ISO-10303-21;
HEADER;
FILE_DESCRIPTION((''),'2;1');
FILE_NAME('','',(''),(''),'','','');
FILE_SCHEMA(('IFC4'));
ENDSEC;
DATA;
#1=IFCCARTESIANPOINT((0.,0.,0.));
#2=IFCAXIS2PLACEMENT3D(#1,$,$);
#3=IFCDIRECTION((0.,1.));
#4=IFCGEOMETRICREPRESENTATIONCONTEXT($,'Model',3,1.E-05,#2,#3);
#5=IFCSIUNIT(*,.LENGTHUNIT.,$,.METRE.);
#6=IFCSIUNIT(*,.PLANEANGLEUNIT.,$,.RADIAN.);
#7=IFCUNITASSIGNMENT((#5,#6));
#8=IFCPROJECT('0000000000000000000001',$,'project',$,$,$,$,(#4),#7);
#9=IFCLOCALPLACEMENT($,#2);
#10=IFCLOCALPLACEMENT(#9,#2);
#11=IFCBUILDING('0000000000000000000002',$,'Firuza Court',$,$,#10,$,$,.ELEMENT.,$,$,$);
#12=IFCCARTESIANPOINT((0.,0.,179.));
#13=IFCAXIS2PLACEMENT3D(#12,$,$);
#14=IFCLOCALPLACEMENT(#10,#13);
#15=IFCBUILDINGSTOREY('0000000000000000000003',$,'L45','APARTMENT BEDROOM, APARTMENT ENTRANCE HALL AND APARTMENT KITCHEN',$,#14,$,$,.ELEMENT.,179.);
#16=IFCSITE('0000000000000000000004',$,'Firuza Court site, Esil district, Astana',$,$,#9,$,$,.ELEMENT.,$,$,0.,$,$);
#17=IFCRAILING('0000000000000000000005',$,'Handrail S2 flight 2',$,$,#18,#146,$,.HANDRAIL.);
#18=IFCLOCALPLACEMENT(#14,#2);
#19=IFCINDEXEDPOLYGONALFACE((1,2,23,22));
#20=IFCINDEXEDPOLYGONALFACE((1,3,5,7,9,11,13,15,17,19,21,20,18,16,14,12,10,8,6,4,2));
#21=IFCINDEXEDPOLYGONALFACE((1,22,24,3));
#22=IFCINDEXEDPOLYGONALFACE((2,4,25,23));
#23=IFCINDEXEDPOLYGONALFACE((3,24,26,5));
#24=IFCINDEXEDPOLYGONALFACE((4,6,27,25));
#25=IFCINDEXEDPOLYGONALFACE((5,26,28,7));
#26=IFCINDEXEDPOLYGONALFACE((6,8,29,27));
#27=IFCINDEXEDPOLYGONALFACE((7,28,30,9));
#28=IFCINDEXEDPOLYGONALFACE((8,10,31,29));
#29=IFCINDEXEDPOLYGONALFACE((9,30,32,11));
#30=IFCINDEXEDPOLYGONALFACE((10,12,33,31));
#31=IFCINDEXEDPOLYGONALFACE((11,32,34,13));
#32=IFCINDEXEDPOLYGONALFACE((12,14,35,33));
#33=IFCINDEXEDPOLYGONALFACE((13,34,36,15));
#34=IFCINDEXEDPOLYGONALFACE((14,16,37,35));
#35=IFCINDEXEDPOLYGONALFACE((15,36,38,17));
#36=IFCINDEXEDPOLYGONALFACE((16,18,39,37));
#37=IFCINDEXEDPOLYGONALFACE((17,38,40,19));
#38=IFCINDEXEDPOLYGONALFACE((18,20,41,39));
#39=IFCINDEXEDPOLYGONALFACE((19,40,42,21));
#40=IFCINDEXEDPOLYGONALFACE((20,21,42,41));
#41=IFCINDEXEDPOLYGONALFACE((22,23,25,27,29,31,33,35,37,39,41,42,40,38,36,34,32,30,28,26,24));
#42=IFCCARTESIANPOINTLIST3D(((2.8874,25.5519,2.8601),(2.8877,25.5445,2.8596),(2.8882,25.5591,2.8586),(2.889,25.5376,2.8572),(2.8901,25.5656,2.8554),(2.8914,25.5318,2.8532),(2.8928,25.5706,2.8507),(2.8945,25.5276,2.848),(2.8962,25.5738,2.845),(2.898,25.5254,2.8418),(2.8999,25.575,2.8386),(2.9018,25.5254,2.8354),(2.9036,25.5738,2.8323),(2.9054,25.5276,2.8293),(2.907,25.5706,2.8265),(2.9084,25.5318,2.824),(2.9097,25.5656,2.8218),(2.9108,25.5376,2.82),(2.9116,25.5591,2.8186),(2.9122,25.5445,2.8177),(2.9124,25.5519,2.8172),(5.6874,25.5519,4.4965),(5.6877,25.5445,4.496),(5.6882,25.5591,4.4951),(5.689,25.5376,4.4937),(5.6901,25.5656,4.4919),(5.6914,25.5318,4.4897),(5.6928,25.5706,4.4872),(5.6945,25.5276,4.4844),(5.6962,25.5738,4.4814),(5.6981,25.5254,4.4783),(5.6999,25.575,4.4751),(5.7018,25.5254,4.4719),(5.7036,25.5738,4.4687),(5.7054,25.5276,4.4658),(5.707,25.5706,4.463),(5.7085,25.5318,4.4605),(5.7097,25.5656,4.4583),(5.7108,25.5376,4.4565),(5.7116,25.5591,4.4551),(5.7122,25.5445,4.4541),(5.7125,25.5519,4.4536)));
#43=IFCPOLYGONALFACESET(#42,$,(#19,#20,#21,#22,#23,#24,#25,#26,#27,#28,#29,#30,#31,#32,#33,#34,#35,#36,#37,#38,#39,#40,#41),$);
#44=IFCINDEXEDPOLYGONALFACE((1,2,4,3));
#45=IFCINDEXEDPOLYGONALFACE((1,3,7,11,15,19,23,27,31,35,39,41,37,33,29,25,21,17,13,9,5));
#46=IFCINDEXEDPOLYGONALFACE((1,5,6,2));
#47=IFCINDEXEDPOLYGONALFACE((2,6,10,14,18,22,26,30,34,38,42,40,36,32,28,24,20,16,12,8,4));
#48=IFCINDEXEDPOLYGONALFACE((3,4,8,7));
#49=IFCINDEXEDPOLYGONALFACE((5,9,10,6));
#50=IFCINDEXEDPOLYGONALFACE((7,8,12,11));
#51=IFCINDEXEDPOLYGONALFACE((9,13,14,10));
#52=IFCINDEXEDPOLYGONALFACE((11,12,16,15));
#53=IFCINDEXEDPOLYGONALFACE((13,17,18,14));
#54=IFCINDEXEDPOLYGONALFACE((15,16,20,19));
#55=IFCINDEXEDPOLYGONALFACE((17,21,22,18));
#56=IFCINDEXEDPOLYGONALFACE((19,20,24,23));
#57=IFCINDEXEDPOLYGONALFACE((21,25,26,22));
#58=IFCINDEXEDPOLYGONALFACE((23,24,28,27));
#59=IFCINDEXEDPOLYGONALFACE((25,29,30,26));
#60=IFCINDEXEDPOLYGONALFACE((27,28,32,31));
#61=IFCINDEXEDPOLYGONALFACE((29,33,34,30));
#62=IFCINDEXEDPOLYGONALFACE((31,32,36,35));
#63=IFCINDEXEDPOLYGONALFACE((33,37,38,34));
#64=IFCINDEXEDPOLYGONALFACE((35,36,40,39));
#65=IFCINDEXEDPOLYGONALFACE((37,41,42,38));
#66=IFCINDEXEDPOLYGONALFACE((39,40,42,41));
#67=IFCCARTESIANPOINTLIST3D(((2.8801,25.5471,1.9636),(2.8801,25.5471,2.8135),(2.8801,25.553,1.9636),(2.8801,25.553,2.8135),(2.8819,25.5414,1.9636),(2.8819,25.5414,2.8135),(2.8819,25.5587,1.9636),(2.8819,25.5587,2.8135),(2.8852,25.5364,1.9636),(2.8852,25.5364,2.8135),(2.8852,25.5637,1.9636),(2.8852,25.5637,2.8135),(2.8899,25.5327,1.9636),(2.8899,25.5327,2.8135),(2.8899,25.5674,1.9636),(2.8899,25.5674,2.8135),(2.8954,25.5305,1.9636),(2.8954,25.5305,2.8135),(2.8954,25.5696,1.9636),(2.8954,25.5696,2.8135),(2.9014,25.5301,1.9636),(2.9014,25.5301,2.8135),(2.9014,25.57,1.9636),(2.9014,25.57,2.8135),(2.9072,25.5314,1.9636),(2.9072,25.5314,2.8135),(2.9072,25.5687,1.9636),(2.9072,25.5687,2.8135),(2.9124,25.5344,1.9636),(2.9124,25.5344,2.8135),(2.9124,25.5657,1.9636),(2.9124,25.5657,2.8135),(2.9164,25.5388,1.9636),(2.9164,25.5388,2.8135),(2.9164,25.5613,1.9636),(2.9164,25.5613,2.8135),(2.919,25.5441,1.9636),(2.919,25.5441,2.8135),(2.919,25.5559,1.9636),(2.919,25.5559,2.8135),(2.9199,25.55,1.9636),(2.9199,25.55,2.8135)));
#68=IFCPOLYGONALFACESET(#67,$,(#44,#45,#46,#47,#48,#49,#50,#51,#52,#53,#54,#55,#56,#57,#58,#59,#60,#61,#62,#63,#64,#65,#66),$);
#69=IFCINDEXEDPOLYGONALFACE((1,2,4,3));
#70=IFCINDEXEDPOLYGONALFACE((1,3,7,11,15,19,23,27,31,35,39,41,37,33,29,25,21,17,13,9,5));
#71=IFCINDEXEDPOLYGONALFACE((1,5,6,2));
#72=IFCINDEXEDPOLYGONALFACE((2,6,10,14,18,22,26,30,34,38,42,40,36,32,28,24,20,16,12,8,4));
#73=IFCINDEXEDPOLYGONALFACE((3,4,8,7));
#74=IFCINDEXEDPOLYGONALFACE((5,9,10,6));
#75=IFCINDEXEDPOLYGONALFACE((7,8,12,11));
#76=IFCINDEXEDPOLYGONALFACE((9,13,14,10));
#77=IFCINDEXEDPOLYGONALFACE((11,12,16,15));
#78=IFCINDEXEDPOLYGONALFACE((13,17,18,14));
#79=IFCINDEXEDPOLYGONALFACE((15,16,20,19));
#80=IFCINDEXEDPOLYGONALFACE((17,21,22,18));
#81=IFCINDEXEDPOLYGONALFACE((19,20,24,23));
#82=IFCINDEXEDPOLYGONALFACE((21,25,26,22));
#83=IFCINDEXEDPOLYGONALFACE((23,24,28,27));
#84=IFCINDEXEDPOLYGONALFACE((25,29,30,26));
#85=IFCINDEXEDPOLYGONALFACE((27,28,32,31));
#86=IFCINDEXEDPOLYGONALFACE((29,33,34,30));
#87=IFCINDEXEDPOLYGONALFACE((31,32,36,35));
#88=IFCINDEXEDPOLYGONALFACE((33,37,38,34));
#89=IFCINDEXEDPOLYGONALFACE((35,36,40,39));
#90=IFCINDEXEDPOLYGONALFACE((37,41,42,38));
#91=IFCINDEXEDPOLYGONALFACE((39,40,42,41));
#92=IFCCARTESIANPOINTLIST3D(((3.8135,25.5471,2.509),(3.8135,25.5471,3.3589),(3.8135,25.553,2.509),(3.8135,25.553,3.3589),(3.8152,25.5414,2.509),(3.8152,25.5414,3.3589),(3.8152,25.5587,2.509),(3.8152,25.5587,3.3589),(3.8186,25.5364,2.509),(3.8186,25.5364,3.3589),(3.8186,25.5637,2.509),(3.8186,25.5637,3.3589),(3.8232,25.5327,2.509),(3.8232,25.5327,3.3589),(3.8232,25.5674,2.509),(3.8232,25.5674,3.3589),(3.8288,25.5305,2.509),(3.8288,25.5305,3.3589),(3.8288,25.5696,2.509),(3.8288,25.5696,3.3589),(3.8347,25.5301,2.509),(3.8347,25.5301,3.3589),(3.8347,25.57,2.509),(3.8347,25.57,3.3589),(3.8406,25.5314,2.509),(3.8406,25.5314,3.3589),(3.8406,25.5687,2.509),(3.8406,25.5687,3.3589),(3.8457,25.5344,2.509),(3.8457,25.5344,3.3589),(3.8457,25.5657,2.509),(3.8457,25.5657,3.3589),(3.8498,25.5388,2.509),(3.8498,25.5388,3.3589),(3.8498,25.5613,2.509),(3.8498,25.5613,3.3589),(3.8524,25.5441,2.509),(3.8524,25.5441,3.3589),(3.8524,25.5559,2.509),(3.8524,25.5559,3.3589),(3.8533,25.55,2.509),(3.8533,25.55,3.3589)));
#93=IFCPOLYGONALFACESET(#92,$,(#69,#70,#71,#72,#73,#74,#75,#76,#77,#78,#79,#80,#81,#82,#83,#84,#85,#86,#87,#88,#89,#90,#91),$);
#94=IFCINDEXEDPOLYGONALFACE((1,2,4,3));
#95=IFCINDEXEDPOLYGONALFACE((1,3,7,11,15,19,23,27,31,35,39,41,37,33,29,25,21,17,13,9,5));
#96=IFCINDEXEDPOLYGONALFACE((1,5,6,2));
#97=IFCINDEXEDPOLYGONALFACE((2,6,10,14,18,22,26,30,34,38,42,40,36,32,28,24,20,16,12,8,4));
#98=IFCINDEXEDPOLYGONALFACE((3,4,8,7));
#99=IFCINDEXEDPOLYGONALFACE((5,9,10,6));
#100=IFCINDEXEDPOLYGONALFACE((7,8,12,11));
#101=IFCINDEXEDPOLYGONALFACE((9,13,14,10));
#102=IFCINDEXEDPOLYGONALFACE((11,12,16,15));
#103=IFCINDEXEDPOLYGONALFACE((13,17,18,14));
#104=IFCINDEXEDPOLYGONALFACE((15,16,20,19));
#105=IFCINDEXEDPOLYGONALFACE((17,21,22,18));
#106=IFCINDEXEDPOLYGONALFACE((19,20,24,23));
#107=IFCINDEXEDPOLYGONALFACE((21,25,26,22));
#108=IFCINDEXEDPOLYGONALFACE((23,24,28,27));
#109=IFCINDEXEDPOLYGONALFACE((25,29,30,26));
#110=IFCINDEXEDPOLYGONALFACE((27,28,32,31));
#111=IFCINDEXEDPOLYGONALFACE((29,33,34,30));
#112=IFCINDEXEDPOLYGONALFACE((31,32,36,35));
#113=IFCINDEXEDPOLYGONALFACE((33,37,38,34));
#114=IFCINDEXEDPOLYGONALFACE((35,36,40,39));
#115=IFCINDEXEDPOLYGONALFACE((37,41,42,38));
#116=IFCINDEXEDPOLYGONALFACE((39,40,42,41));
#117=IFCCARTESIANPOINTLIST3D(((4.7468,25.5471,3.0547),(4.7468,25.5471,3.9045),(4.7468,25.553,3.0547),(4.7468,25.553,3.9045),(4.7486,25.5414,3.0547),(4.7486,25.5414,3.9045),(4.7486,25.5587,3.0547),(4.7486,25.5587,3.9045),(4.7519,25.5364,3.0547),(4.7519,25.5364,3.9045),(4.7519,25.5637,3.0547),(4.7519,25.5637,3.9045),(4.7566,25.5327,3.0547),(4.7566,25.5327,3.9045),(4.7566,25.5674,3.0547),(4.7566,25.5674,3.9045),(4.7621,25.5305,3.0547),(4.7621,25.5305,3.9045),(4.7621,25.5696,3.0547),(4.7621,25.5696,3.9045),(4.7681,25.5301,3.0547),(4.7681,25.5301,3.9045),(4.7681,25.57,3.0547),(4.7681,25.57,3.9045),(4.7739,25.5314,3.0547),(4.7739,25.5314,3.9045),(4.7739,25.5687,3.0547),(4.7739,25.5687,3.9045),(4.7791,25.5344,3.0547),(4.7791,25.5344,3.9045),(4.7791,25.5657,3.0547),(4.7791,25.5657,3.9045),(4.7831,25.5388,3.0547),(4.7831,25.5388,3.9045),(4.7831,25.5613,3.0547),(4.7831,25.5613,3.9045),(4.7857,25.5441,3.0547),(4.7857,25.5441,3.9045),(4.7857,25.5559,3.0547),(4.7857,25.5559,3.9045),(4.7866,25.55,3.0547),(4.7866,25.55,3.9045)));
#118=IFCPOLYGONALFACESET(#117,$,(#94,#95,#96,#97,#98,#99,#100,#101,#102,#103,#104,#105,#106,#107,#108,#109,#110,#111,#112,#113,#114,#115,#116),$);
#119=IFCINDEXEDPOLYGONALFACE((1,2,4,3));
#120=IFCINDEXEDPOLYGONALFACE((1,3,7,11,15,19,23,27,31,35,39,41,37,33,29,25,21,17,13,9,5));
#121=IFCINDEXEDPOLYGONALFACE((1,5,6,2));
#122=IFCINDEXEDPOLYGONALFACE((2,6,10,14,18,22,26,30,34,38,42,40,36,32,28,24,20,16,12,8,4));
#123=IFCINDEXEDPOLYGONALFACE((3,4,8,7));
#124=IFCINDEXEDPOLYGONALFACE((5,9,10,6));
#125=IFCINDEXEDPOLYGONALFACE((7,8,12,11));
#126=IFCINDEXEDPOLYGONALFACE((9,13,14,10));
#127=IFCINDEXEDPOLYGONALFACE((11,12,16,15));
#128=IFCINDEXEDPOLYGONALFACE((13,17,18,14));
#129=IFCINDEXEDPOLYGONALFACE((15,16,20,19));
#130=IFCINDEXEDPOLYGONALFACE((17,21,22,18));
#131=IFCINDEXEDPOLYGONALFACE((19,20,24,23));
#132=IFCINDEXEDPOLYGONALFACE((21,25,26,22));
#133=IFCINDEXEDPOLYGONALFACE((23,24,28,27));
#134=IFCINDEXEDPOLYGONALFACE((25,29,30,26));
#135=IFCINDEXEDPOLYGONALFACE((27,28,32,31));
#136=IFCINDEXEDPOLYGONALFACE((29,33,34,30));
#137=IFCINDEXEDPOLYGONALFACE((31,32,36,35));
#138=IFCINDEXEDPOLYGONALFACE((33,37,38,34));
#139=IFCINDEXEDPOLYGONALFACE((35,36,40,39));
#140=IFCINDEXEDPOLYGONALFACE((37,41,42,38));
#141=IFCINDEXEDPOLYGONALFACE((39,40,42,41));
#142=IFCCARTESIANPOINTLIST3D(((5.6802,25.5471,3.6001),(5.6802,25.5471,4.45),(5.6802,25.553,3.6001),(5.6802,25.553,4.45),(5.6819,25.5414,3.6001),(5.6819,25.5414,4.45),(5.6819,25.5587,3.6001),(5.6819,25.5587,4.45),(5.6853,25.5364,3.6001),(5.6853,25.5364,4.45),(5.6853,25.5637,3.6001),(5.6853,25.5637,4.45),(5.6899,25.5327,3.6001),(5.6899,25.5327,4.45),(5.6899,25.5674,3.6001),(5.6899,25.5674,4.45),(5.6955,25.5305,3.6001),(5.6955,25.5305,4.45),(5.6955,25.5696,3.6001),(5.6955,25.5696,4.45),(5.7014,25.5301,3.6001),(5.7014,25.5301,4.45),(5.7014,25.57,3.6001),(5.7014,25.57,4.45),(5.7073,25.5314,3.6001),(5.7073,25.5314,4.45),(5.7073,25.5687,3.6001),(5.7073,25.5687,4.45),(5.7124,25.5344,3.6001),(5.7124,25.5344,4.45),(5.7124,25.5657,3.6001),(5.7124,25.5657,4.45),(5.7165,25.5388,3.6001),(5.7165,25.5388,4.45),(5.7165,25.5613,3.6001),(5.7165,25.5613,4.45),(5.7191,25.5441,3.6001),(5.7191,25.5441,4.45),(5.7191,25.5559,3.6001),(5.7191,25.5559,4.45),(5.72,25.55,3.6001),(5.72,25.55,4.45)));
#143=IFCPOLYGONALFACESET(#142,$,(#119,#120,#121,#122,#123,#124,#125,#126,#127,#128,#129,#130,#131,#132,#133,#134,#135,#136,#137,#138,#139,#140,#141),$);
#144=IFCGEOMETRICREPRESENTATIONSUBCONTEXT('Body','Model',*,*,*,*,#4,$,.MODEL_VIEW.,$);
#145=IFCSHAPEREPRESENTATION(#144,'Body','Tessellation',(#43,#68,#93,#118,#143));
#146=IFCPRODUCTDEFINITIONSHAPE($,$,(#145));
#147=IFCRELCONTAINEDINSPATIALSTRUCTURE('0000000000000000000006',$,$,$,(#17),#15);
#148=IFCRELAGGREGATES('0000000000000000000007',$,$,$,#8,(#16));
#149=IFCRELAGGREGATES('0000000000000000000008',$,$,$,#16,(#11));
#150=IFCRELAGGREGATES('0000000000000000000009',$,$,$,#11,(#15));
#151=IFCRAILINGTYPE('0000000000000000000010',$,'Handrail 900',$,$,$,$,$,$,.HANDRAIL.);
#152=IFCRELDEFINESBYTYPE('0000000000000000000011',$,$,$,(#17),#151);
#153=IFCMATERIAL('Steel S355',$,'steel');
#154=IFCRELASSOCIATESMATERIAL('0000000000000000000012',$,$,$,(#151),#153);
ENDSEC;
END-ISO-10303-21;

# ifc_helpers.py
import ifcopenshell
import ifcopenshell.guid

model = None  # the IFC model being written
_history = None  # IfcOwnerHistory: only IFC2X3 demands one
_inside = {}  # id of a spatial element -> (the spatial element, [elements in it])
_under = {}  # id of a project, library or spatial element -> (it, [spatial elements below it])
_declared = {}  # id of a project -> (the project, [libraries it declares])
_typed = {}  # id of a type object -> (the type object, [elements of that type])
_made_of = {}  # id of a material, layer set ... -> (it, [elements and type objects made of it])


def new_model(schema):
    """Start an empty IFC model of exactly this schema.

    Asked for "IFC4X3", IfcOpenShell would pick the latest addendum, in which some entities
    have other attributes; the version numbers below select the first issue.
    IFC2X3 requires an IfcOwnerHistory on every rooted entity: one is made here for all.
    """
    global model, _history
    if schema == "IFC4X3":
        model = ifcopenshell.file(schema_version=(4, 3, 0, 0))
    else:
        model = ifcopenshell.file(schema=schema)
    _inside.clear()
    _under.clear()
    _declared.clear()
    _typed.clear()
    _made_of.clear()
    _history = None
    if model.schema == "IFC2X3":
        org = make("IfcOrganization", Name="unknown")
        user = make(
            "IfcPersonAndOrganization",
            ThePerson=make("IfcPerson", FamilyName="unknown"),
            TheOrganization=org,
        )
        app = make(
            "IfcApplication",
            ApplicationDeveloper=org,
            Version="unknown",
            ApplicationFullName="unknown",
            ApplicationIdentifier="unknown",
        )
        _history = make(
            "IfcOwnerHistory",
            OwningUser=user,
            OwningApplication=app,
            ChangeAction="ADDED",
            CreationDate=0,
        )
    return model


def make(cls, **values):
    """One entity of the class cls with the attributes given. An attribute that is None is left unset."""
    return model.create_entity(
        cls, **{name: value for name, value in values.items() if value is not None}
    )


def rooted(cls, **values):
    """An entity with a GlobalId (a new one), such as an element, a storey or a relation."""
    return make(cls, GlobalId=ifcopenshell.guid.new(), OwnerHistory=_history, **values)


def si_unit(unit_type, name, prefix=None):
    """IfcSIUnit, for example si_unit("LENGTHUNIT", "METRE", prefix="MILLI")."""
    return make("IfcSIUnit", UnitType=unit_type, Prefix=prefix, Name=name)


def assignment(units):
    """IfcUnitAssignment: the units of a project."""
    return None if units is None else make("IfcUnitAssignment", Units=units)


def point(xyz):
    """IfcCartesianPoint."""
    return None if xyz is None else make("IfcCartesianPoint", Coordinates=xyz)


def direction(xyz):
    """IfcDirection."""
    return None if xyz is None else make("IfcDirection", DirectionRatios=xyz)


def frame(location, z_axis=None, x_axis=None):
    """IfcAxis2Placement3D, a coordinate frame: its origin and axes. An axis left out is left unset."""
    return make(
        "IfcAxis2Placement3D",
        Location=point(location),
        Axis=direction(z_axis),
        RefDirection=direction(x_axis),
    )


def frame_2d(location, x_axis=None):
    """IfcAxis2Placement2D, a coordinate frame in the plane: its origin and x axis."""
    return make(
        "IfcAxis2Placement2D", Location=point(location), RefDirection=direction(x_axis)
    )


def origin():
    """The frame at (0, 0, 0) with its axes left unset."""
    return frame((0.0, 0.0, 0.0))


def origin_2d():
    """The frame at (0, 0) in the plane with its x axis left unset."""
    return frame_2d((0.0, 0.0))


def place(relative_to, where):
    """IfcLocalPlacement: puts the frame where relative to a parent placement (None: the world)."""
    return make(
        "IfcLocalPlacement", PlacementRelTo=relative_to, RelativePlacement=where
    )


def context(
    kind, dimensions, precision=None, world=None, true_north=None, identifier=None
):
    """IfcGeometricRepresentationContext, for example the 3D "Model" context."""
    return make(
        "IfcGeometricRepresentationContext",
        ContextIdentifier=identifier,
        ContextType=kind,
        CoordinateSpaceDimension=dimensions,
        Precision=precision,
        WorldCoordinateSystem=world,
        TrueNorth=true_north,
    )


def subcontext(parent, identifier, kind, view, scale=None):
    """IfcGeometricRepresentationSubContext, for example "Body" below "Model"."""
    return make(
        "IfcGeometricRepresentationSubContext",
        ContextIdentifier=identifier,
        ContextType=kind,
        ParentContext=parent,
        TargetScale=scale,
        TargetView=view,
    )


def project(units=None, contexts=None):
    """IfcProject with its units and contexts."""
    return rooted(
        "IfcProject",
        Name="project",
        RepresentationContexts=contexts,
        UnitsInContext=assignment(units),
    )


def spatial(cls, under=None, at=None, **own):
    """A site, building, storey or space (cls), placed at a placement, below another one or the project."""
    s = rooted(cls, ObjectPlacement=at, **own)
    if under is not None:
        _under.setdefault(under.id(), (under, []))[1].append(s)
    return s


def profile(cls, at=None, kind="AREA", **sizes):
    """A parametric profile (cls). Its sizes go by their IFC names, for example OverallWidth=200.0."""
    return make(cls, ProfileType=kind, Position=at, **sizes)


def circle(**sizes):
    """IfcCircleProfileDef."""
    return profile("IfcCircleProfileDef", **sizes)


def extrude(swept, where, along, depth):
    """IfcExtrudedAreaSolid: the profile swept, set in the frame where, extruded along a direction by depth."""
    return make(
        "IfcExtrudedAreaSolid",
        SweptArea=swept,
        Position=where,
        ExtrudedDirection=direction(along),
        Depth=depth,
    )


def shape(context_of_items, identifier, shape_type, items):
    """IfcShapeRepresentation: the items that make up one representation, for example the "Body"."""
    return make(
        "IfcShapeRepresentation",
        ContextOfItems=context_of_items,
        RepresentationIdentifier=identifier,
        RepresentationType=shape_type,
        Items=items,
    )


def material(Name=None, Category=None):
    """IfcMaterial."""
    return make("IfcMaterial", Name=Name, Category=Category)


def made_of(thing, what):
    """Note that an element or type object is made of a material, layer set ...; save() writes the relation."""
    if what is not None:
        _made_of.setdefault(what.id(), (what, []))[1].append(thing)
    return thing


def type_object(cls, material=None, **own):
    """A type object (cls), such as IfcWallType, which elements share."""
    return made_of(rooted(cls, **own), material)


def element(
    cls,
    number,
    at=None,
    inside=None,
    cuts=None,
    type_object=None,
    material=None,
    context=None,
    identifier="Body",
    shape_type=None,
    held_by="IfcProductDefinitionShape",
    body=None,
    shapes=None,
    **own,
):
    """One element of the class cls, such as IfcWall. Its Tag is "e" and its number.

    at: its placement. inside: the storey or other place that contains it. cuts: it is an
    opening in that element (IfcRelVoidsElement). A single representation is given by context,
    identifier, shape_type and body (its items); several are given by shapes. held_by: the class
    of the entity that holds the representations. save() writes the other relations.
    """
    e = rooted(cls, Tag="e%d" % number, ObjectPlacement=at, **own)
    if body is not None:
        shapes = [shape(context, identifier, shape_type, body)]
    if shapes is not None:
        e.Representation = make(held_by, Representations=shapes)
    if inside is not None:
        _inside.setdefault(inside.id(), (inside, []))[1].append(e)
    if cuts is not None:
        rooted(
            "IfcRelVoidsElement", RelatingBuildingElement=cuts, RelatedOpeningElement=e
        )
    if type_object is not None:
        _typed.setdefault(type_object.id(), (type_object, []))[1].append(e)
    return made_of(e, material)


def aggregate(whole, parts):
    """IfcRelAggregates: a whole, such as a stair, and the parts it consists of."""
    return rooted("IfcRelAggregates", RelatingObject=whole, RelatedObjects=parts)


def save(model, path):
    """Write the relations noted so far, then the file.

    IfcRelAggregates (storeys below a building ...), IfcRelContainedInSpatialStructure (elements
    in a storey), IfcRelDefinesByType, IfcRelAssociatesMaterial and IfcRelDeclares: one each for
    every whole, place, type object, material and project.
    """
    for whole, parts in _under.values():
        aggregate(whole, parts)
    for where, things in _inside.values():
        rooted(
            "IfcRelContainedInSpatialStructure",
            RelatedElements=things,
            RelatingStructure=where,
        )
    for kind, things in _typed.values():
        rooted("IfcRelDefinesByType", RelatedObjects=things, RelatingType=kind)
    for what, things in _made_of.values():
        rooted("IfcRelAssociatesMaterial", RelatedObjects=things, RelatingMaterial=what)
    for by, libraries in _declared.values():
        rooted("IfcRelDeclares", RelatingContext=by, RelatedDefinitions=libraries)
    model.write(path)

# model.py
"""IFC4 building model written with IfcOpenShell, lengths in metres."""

from ifc_helpers import new_model, si_unit, direction, frame, origin, origin_2d, place, context, subcontext, project, spatial, circle, extrude, material, type_object, element, save


model = new_model("IFC4")

# Units and contexts
model_context = context("Model", 3, precision=1e-05, world=origin(), true_north=direction((0.0, 1.0)))
body_context = subcontext(model_context, "Body", "Model", "MODEL_VIEW")
ifc_project = project(units=[si_unit("LENGTHUNIT", "METRE"), si_unit("PLANEANGLEUNIT", "RADIAN")], contexts=[model_context])

# Site, building, storey
site_placement = place(None, origin())
site = spatial("IfcSite", under=ifc_project, at=site_placement, Name="Firuza Court site, Esil district, Astana", CompositionType="ELEMENT", RefElevation=0.0)
building_placement = place(site_placement, origin())
building = spatial("IfcBuilding", under=site, at=building_placement, Name="Firuza Court", CompositionType="ELEMENT")
storey_placement = place(building_placement, frame((0.0, 0.0, 179.0)))
storey = spatial("IfcBuildingStorey", under=building, at=storey_placement, Name="L45", Description="APARTMENT BEDROOM, APARTMENT ENTRANCE HALL AND APARTMENT KITCHEN", CompositionType="ELEMENT", Elevation=179.0)

# Railing
ifc_material_1 = material(Name="Steel S355", Category="steel")
railing_type = type_object("IfcRailingType", Name="Handrail 900", PredefinedType="HANDRAIL", material=ifc_material_1)
railing_placement = place(storey_placement, frame((2.8999, 25.55, 1.9636)))
element("IfcRailing", 1, at=railing_placement, inside=storey, type_object=railing_type, Name="Handrail S2 flight 2", PredefinedType="HANDRAIL", context=body_context, shape_type="SweptSolid", body=[
    extrude(circle(Radius=0.0249, at=origin_2d()), frame((0.0, 0.0, 0.875), z_axis=(0.863361, 0.0, 0.504587), x_axis=(0.0, 1.0, 0.0)), (0.0, 0.0, 1.0), 3.2432),
    extrude(circle(Radius=0.02, at=origin_2d()), origin(), (0.0, 0.0, 1.0), 0.8499),
    extrude(circle(Radius=0.02, at=origin_2d()), frame((0.9333, 0.0, 0.5454)), (0.0, 0.0, 1.0), 0.8499),
    extrude(circle(Radius=0.02, at=origin_2d()), frame((1.8667, 0.0, 1.0911)), (0.0, 0.0, 1.0), 0.8499),
    extrude(circle(Radius=0.02, at=origin_2d()), frame((2.8, 0.0, 1.6365)), (0.0, 0.0, 1.0), 0.8499),
])

save(model, "model.ifc")
